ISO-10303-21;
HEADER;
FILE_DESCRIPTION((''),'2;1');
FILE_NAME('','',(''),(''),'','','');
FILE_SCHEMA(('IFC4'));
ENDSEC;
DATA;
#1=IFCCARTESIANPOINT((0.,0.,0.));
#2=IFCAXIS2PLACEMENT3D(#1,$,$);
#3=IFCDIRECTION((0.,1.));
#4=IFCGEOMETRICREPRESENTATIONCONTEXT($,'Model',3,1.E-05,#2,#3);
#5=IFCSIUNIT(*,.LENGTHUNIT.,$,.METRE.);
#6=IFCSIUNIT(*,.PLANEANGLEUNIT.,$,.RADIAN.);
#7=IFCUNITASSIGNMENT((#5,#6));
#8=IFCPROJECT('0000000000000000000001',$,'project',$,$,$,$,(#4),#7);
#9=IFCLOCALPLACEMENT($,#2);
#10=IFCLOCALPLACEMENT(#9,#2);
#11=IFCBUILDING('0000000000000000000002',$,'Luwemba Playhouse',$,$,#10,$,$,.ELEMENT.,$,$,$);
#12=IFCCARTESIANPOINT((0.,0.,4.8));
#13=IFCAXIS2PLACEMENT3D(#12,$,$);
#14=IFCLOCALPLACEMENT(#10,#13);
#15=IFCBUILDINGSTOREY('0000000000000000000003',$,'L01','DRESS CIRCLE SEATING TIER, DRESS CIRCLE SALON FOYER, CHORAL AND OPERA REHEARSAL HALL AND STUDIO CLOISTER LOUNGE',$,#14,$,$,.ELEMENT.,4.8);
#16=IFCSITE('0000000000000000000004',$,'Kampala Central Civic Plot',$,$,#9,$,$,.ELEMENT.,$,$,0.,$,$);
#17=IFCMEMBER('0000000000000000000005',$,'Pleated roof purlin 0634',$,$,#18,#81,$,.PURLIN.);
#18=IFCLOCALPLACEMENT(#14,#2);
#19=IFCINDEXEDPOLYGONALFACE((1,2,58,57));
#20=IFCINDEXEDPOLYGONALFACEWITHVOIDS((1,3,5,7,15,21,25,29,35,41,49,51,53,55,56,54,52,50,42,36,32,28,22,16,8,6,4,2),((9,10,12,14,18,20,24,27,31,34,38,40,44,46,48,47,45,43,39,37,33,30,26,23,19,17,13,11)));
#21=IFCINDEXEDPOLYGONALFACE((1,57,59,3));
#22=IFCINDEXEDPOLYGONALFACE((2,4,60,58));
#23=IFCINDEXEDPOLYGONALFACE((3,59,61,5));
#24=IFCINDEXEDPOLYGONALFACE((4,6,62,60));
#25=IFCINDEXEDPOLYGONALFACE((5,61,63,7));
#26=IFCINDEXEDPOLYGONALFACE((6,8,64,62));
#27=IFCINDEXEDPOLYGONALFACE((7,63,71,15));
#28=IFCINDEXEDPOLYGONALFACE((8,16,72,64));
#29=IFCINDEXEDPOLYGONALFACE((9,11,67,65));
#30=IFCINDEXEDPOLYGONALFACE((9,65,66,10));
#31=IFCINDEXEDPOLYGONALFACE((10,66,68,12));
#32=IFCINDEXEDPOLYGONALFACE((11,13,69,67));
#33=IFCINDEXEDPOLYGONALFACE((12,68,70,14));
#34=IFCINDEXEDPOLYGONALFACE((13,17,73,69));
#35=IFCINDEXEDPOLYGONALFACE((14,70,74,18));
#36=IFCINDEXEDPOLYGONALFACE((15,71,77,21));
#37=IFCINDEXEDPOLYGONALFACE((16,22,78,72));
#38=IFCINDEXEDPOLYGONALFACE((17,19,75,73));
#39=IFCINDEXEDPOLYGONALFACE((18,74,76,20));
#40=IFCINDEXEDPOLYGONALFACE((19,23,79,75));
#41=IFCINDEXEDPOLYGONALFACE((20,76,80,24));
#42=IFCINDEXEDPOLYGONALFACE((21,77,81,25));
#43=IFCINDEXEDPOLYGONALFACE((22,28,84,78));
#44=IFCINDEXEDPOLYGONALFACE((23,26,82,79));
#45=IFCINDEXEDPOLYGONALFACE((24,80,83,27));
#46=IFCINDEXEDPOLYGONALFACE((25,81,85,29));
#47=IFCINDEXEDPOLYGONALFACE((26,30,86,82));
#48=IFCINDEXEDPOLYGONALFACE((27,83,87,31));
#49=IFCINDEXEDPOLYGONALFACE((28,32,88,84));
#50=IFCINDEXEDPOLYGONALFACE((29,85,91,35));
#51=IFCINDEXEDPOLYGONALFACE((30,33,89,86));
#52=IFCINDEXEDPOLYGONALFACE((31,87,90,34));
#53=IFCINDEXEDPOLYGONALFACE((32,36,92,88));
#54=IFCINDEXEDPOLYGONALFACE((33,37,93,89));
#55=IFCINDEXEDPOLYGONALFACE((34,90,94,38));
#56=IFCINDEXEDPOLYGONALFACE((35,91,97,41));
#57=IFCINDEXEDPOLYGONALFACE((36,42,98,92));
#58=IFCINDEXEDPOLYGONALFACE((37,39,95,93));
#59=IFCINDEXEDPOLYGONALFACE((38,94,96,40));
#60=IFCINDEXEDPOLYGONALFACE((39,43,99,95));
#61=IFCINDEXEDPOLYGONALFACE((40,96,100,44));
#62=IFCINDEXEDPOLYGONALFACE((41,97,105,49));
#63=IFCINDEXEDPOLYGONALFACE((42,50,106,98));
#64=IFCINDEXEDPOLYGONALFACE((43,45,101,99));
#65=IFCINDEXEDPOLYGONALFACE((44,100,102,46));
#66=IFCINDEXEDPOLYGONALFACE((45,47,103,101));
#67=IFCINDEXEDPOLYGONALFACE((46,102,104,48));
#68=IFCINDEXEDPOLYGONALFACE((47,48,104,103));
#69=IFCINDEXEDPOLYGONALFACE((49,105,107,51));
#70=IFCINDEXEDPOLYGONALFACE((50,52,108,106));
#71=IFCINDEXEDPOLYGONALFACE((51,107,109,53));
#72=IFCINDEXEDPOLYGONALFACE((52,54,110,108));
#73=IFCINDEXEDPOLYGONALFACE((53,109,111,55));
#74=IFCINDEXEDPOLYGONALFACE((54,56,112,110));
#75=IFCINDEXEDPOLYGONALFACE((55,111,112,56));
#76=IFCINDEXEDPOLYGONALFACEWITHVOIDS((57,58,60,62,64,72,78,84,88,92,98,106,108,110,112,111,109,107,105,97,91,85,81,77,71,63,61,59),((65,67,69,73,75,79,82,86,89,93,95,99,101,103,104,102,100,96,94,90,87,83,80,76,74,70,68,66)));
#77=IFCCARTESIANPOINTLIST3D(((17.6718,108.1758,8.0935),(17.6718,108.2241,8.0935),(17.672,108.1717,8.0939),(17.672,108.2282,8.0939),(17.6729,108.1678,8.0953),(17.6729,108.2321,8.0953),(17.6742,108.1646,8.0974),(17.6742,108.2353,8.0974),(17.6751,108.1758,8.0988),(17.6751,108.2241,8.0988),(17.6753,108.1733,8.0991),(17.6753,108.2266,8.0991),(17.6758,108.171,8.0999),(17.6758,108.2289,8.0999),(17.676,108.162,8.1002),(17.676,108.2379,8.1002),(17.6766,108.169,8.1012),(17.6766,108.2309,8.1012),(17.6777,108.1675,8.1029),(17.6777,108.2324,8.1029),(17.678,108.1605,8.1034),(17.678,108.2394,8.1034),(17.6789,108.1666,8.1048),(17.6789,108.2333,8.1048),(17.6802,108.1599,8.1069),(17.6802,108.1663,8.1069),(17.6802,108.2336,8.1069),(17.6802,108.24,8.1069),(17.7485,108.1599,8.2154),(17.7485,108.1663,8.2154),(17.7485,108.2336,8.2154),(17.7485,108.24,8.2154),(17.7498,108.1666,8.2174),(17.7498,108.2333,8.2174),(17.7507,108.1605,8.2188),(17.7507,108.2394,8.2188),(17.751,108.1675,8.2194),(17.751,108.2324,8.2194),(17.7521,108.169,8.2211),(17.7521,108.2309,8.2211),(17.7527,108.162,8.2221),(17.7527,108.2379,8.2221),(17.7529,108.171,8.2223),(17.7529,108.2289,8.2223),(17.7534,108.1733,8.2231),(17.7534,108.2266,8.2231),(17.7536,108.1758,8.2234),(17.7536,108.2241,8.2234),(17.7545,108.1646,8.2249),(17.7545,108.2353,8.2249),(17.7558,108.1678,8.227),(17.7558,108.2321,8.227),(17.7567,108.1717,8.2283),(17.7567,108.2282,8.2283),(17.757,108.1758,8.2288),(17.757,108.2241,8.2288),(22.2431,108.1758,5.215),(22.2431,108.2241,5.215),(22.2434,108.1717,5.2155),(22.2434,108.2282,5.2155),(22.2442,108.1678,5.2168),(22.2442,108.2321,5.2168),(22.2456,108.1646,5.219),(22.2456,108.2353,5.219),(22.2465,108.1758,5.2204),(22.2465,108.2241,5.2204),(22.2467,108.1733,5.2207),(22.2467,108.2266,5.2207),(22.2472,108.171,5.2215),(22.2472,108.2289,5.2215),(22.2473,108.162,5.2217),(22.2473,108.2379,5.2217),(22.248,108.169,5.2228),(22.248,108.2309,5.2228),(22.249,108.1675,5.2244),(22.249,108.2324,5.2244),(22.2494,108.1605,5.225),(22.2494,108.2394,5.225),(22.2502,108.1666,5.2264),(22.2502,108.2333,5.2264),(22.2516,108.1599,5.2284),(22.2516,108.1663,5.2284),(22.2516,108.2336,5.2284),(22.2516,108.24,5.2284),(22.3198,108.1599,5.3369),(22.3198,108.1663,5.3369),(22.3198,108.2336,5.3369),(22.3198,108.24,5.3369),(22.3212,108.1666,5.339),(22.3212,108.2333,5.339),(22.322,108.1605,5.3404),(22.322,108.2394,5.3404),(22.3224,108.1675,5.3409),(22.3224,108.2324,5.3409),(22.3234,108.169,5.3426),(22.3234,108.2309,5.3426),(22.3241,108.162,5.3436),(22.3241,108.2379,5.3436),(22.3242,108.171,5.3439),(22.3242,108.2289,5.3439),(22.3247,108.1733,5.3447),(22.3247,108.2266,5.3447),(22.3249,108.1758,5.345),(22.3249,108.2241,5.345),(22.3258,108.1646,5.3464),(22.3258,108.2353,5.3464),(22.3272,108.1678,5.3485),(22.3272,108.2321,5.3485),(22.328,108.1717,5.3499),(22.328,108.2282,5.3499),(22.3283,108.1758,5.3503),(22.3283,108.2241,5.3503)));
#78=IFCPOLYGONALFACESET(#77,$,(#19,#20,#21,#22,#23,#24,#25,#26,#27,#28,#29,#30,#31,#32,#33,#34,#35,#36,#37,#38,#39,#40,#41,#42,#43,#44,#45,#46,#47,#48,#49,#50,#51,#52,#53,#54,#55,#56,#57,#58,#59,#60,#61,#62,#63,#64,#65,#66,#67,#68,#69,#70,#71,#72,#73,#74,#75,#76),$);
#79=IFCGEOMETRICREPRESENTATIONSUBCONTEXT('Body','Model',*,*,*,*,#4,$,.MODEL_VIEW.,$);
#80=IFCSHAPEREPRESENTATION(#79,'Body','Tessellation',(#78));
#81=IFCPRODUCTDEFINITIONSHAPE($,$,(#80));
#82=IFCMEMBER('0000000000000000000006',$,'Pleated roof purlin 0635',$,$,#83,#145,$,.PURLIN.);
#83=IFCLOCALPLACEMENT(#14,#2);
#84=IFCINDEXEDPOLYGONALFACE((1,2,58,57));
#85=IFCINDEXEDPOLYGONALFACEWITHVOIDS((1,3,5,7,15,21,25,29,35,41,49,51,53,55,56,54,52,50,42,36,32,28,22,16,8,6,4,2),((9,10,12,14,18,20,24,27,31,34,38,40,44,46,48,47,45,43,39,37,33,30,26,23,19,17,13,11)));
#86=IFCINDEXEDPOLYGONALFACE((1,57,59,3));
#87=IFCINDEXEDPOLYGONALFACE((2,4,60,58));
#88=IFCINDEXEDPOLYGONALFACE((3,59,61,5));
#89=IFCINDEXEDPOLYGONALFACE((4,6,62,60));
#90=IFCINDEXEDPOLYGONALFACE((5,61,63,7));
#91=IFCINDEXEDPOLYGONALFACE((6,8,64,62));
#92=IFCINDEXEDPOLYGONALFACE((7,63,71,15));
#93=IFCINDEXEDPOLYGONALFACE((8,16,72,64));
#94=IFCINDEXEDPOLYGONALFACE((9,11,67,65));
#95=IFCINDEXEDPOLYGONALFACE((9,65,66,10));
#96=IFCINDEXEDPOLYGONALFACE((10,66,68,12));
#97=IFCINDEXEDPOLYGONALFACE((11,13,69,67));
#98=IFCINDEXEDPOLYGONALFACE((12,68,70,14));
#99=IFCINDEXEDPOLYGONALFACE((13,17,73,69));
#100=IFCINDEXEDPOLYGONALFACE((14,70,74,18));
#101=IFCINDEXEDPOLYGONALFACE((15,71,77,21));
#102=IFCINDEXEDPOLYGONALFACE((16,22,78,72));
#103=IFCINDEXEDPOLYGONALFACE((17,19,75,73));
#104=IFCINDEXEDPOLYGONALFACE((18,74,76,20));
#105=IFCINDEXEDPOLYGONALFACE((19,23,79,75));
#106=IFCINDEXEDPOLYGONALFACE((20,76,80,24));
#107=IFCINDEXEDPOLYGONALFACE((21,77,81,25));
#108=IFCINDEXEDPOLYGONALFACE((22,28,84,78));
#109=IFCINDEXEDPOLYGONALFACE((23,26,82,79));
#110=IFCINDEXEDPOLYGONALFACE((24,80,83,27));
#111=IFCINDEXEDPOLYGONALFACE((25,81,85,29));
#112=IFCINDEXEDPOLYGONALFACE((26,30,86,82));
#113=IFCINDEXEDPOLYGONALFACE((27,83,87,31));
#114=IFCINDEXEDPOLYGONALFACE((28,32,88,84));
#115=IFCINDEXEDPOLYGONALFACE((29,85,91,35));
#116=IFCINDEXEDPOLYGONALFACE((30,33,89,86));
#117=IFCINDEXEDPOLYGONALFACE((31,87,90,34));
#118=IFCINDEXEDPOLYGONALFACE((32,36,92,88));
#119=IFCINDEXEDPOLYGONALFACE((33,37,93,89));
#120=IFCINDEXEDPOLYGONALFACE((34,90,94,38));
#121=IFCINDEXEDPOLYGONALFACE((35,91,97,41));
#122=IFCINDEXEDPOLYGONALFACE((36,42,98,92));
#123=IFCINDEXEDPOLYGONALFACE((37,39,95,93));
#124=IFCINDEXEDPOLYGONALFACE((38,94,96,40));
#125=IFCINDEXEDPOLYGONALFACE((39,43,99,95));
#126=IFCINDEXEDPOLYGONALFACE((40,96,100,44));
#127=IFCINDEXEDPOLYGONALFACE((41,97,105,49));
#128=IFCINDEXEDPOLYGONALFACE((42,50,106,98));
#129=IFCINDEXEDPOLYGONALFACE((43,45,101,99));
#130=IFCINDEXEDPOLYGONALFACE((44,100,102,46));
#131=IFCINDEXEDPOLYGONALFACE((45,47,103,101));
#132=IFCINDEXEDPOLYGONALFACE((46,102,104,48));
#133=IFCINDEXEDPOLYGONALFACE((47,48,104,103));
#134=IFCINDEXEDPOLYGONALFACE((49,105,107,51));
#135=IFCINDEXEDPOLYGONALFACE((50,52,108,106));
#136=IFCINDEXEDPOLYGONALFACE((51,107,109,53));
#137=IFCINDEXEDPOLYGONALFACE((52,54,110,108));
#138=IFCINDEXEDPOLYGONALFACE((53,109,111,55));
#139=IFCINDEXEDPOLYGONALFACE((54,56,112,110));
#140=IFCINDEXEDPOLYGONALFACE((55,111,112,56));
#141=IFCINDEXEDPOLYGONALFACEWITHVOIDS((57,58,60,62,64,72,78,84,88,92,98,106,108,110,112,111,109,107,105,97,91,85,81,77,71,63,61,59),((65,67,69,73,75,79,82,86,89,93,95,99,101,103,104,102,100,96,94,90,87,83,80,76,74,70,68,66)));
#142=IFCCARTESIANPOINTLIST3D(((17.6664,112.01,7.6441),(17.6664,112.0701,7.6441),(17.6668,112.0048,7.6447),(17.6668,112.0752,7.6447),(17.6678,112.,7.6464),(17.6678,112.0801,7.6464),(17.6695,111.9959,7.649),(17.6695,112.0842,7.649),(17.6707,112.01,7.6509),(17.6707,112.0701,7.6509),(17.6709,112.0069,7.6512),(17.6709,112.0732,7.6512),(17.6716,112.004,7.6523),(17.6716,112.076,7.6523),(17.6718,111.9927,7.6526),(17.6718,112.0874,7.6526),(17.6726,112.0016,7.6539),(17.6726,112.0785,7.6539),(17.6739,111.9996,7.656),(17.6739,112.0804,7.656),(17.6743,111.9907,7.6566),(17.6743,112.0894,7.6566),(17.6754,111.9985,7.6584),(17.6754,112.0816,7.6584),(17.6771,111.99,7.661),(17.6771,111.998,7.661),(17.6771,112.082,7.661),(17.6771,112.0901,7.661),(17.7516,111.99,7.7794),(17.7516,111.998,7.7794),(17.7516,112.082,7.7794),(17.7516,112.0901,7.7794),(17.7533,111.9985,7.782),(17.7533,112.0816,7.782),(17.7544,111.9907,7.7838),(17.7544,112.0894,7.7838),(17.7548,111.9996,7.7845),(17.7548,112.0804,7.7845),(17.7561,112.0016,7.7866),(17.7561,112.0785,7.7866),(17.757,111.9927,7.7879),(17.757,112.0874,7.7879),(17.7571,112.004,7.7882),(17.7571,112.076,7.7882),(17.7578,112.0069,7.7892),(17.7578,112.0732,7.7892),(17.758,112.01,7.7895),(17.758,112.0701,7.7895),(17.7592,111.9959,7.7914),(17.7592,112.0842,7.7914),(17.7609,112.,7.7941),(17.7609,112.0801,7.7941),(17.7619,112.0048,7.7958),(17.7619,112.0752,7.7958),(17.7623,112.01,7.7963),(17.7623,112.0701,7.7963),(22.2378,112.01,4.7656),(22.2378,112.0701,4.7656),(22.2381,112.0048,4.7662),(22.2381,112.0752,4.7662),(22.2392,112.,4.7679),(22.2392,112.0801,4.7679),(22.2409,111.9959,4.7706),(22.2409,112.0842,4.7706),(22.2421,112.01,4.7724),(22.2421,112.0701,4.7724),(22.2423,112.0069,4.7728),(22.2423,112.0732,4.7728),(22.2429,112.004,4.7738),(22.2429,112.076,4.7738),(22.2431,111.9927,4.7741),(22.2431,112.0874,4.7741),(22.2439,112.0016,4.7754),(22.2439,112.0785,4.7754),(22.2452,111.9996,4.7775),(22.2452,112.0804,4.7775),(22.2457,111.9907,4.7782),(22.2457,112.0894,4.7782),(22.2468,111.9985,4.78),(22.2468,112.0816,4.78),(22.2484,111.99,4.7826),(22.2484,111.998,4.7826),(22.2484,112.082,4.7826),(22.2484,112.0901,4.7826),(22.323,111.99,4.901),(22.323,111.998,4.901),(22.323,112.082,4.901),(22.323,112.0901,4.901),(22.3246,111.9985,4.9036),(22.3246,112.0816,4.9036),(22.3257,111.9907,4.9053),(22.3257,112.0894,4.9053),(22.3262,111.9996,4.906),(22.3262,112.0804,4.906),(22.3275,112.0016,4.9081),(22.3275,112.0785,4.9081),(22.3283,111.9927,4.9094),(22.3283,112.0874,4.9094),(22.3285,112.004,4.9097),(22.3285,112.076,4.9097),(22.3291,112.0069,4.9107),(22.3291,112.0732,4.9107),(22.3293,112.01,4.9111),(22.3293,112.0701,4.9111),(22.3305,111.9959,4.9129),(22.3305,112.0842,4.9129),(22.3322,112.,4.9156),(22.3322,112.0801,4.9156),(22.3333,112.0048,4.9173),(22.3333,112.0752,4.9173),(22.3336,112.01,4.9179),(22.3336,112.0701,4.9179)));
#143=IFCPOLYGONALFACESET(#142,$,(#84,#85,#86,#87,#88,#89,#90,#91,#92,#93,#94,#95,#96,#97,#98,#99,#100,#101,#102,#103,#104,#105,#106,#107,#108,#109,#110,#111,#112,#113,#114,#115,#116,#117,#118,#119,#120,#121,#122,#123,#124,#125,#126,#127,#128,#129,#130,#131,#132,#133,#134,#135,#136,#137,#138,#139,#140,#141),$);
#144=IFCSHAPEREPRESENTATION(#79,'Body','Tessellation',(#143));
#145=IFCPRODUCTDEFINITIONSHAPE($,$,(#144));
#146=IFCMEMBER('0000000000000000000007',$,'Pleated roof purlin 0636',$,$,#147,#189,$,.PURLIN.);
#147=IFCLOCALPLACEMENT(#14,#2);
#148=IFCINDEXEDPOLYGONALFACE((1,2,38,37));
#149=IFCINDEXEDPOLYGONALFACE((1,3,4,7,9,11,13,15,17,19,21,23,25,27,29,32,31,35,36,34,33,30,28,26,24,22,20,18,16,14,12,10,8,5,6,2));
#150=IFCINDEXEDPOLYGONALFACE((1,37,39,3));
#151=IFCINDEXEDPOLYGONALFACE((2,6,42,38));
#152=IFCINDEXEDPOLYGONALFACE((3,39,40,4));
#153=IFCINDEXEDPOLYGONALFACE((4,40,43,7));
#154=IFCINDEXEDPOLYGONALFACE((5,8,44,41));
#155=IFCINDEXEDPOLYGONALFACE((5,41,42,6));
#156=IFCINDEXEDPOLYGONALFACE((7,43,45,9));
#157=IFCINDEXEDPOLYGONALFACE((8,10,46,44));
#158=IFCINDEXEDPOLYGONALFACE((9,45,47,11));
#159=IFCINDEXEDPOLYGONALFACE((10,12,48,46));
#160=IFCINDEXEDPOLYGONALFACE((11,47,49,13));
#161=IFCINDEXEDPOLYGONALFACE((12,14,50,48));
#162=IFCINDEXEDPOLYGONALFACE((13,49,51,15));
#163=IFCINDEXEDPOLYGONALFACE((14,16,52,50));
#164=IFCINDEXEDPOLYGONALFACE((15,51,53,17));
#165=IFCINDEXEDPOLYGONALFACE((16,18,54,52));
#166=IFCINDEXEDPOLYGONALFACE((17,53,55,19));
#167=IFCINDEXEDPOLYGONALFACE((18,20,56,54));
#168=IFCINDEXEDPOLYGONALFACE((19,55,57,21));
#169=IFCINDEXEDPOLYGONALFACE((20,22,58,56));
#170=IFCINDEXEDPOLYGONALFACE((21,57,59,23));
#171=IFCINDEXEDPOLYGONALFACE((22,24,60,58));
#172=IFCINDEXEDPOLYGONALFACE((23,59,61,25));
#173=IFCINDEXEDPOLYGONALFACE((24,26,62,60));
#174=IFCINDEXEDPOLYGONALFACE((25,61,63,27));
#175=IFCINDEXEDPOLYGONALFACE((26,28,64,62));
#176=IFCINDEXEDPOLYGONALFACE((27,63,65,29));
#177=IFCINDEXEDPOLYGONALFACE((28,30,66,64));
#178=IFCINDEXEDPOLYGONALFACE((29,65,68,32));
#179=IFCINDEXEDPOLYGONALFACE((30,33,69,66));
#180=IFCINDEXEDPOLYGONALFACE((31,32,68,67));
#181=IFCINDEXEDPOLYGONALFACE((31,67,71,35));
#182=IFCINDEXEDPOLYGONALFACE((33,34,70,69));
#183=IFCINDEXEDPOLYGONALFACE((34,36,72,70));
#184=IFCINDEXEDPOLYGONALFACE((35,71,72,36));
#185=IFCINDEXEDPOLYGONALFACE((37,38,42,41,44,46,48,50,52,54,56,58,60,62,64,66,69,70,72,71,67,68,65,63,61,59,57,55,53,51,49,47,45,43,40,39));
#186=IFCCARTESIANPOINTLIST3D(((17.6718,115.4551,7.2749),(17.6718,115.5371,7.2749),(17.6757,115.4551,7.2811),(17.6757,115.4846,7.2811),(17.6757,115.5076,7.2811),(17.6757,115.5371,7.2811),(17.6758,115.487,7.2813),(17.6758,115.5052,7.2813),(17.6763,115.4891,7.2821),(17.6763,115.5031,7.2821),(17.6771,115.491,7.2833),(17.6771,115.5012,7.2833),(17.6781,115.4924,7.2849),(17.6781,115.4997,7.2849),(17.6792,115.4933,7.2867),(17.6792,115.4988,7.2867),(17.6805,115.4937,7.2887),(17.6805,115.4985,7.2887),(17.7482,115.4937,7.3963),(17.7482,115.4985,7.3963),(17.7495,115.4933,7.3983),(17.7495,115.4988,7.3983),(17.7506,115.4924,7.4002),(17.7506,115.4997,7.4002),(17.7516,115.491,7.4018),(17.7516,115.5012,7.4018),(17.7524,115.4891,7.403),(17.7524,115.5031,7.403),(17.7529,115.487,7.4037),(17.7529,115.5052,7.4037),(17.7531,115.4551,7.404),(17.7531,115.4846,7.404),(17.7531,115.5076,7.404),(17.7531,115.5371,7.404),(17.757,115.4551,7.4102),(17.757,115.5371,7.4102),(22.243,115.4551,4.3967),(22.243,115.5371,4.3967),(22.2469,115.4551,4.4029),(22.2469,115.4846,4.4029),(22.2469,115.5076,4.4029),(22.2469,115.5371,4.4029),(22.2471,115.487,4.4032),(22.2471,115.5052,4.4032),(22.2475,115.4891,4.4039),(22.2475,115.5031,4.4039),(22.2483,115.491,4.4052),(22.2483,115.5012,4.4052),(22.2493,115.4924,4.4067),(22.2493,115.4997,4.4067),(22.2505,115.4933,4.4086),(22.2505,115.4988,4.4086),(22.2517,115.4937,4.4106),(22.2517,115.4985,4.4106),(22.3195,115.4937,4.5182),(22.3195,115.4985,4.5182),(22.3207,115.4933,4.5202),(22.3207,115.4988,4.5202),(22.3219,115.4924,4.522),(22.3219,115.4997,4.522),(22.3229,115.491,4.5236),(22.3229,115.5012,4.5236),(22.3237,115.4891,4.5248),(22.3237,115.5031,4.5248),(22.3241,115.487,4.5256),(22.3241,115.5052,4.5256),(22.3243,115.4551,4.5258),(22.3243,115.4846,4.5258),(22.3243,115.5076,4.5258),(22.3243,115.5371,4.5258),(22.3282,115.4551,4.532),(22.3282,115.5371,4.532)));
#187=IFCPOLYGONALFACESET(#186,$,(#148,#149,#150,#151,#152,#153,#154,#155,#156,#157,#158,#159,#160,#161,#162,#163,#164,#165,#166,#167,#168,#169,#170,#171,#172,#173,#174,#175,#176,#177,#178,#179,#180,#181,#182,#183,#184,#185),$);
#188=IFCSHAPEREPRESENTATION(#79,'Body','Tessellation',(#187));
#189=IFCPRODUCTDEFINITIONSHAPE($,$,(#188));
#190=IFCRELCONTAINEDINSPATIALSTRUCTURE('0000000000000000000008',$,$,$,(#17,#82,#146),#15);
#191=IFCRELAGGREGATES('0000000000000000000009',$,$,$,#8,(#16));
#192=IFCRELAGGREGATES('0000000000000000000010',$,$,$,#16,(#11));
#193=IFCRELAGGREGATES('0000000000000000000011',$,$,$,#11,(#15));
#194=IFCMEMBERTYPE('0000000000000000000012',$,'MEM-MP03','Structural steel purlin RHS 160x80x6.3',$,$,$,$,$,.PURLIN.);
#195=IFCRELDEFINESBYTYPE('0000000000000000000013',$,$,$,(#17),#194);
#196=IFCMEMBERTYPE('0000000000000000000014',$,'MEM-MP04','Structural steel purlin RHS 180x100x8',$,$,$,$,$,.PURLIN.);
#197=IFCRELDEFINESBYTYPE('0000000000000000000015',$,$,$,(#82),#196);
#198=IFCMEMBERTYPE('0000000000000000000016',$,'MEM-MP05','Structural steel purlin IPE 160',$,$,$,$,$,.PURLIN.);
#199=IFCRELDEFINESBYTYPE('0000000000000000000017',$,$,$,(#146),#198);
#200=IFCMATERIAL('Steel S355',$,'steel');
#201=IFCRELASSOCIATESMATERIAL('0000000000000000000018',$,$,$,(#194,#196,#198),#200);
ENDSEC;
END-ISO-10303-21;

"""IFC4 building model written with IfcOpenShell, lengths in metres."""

from ifc_helpers import new_model, si_unit, direction, frame, origin, origin_2d, place, context, subcontext, project, spatial, hollow_rectangle, i_section, extrude, material, material_profile, profile_set, type_object, element, save


model = new_model("IFC4")

# Units and contexts
model_context = context("Model", 3, precision=1e-05, world=origin(), true_north=direction((0.0, 1.0)))
body_context = subcontext(model_context, "Body", "Model", "MODEL_VIEW")
ifc_project = project(units=[si_unit("LENGTHUNIT", "METRE"), si_unit("PLANEANGLEUNIT", "RADIAN")], contexts=[model_context])

# Site, building, storey
site_placement = place(None, origin())
site = spatial("IfcSite", under=ifc_project, at=site_placement, Name="Kampala Central Civic Plot", CompositionType="ELEMENT", RefElevation=0.0)
building_placement = place(site_placement, origin())
building = spatial("IfcBuilding", under=site, at=building_placement, Name="Luwemba Playhouse", CompositionType="ELEMENT")
storey_placement = place(building_placement, frame((0.0, 0.0, 4.8)))
storey = spatial("IfcBuildingStorey", under=building, at=storey_placement, Name="L01", Description="DRESS CIRCLE SEATING TIER, DRESS CIRCLE SALON FOYER, CHORAL AND OPERA REHEARSAL HALL AND STUDIO CLOISTER LOUNGE", CompositionType="ELEMENT", Elevation=4.8)

# Shared definitions
ifc_material_1 = material(Name="Steel S355", Category="steel")

# Members
ifc_material_profile_1 = material_profile(ifc_material_1, hollow_rectangle(XDim=0.0801, YDim=0.1599, WallThickness=0.0063, InnerFilletRadius=0.0095, OuterFilletRadius=0.0159, at=origin_2d()))
ifc_profile_set_1 = profile_set([ifc_material_profile_1], Name="Steel S355")
member_type_1 = type_object("IfcMemberType", Name="MEM-MP03", Description="Structural steel purlin RHS 160x80x6.3", PredefinedType="PURLIN", material=ifc_profile_set_1)
member_1_placement = place(storey_placement, frame((17.7144, 108.2, 8.1611), z_axis=(0.846216, 0.0, -0.53284), x_axis=(0.0, 1.0, 0.0)))
element("IfcMember", 1, at=member_1_placement, inside=storey, type_object=member_type_1, Name="Pleated roof purlin 0634", PredefinedType="PURLIN", context=body_context, shape_type="SweptSolid", body=[
    extrude(hollow_rectangle(XDim=0.0801, YDim=0.1599, WallThickness=0.0063, InnerFilletRadius=0.0095, OuterFilletRadius=0.0159, at=origin_2d()), origin(), (0.0, 0.0, 1.0), 5.4021),
])
ifc_material_profile_2 = material_profile(ifc_material_1, hollow_rectangle(XDim=0.1001, YDim=0.1799, WallThickness=0.0081, InnerFilletRadius=0.012, OuterFilletRadius=0.02, at=origin_2d()))
ifc_profile_set_2 = profile_set([ifc_material_profile_2], Name="Steel S355")
member_type_2 = type_object("IfcMemberType", Name="MEM-MP04", Description="Structural steel purlin RHS 180x100x8", PredefinedType="PURLIN", material=ifc_profile_set_2)
member_2_placement = place(storey_placement, frame((17.7144, 112.04, 7.7202), z_axis=(0.846216, 0.0, -0.53284), x_axis=(0.0, 1.0, 0.0)))
element("IfcMember", 2, at=member_2_placement, inside=storey, type_object=member_type_2, Name="Pleated roof purlin 0635", PredefinedType="PURLIN", context=body_context, shape_type="SweptSolid", body=[
    extrude(hollow_rectangle(XDim=0.1001, YDim=0.1799, WallThickness=0.0081, InnerFilletRadius=0.012, OuterFilletRadius=0.02, at=origin_2d()), origin(), (0.0, 0.0, 1.0), 5.4021),
])
ifc_material_profile_3 = material_profile(ifc_material_1, i_section(OverallWidth=0.082, OverallDepth=0.1599, WebThickness=0.0049, FlangeThickness=0.0073, FilletRadius=0.009, at=origin_2d()))
ifc_profile_set_3 = profile_set([ifc_material_profile_3], Name="Steel S355")
member_type_3 = type_object("IfcMemberType", Name="MEM-MP05", Description="Structural steel purlin IPE 160", PredefinedType="PURLIN", material=ifc_profile_set_3)
member_3_placement = place(storey_placement, frame((17.7144, 115.4961, 7.3425), z_axis=(0.846237, 0.0, -0.532807), x_axis=(0.0, 1.0, 0.0)))
element("IfcMember", 3, at=member_3_placement, inside=storey, type_object=member_type_3, Name="Pleated roof purlin 0636", PredefinedType="PURLIN", context=body_context, shape_type="SweptSolid", body=[
    extrude(i_section(OverallWidth=0.082, OverallDepth=0.1599, WebThickness=0.0049, FlangeThickness=0.0073, FilletRadius=0.009, at=origin_2d()), origin(), (0.0, 0.0, 1.0), 5.4019),
])

save(model, "model.ifc")
